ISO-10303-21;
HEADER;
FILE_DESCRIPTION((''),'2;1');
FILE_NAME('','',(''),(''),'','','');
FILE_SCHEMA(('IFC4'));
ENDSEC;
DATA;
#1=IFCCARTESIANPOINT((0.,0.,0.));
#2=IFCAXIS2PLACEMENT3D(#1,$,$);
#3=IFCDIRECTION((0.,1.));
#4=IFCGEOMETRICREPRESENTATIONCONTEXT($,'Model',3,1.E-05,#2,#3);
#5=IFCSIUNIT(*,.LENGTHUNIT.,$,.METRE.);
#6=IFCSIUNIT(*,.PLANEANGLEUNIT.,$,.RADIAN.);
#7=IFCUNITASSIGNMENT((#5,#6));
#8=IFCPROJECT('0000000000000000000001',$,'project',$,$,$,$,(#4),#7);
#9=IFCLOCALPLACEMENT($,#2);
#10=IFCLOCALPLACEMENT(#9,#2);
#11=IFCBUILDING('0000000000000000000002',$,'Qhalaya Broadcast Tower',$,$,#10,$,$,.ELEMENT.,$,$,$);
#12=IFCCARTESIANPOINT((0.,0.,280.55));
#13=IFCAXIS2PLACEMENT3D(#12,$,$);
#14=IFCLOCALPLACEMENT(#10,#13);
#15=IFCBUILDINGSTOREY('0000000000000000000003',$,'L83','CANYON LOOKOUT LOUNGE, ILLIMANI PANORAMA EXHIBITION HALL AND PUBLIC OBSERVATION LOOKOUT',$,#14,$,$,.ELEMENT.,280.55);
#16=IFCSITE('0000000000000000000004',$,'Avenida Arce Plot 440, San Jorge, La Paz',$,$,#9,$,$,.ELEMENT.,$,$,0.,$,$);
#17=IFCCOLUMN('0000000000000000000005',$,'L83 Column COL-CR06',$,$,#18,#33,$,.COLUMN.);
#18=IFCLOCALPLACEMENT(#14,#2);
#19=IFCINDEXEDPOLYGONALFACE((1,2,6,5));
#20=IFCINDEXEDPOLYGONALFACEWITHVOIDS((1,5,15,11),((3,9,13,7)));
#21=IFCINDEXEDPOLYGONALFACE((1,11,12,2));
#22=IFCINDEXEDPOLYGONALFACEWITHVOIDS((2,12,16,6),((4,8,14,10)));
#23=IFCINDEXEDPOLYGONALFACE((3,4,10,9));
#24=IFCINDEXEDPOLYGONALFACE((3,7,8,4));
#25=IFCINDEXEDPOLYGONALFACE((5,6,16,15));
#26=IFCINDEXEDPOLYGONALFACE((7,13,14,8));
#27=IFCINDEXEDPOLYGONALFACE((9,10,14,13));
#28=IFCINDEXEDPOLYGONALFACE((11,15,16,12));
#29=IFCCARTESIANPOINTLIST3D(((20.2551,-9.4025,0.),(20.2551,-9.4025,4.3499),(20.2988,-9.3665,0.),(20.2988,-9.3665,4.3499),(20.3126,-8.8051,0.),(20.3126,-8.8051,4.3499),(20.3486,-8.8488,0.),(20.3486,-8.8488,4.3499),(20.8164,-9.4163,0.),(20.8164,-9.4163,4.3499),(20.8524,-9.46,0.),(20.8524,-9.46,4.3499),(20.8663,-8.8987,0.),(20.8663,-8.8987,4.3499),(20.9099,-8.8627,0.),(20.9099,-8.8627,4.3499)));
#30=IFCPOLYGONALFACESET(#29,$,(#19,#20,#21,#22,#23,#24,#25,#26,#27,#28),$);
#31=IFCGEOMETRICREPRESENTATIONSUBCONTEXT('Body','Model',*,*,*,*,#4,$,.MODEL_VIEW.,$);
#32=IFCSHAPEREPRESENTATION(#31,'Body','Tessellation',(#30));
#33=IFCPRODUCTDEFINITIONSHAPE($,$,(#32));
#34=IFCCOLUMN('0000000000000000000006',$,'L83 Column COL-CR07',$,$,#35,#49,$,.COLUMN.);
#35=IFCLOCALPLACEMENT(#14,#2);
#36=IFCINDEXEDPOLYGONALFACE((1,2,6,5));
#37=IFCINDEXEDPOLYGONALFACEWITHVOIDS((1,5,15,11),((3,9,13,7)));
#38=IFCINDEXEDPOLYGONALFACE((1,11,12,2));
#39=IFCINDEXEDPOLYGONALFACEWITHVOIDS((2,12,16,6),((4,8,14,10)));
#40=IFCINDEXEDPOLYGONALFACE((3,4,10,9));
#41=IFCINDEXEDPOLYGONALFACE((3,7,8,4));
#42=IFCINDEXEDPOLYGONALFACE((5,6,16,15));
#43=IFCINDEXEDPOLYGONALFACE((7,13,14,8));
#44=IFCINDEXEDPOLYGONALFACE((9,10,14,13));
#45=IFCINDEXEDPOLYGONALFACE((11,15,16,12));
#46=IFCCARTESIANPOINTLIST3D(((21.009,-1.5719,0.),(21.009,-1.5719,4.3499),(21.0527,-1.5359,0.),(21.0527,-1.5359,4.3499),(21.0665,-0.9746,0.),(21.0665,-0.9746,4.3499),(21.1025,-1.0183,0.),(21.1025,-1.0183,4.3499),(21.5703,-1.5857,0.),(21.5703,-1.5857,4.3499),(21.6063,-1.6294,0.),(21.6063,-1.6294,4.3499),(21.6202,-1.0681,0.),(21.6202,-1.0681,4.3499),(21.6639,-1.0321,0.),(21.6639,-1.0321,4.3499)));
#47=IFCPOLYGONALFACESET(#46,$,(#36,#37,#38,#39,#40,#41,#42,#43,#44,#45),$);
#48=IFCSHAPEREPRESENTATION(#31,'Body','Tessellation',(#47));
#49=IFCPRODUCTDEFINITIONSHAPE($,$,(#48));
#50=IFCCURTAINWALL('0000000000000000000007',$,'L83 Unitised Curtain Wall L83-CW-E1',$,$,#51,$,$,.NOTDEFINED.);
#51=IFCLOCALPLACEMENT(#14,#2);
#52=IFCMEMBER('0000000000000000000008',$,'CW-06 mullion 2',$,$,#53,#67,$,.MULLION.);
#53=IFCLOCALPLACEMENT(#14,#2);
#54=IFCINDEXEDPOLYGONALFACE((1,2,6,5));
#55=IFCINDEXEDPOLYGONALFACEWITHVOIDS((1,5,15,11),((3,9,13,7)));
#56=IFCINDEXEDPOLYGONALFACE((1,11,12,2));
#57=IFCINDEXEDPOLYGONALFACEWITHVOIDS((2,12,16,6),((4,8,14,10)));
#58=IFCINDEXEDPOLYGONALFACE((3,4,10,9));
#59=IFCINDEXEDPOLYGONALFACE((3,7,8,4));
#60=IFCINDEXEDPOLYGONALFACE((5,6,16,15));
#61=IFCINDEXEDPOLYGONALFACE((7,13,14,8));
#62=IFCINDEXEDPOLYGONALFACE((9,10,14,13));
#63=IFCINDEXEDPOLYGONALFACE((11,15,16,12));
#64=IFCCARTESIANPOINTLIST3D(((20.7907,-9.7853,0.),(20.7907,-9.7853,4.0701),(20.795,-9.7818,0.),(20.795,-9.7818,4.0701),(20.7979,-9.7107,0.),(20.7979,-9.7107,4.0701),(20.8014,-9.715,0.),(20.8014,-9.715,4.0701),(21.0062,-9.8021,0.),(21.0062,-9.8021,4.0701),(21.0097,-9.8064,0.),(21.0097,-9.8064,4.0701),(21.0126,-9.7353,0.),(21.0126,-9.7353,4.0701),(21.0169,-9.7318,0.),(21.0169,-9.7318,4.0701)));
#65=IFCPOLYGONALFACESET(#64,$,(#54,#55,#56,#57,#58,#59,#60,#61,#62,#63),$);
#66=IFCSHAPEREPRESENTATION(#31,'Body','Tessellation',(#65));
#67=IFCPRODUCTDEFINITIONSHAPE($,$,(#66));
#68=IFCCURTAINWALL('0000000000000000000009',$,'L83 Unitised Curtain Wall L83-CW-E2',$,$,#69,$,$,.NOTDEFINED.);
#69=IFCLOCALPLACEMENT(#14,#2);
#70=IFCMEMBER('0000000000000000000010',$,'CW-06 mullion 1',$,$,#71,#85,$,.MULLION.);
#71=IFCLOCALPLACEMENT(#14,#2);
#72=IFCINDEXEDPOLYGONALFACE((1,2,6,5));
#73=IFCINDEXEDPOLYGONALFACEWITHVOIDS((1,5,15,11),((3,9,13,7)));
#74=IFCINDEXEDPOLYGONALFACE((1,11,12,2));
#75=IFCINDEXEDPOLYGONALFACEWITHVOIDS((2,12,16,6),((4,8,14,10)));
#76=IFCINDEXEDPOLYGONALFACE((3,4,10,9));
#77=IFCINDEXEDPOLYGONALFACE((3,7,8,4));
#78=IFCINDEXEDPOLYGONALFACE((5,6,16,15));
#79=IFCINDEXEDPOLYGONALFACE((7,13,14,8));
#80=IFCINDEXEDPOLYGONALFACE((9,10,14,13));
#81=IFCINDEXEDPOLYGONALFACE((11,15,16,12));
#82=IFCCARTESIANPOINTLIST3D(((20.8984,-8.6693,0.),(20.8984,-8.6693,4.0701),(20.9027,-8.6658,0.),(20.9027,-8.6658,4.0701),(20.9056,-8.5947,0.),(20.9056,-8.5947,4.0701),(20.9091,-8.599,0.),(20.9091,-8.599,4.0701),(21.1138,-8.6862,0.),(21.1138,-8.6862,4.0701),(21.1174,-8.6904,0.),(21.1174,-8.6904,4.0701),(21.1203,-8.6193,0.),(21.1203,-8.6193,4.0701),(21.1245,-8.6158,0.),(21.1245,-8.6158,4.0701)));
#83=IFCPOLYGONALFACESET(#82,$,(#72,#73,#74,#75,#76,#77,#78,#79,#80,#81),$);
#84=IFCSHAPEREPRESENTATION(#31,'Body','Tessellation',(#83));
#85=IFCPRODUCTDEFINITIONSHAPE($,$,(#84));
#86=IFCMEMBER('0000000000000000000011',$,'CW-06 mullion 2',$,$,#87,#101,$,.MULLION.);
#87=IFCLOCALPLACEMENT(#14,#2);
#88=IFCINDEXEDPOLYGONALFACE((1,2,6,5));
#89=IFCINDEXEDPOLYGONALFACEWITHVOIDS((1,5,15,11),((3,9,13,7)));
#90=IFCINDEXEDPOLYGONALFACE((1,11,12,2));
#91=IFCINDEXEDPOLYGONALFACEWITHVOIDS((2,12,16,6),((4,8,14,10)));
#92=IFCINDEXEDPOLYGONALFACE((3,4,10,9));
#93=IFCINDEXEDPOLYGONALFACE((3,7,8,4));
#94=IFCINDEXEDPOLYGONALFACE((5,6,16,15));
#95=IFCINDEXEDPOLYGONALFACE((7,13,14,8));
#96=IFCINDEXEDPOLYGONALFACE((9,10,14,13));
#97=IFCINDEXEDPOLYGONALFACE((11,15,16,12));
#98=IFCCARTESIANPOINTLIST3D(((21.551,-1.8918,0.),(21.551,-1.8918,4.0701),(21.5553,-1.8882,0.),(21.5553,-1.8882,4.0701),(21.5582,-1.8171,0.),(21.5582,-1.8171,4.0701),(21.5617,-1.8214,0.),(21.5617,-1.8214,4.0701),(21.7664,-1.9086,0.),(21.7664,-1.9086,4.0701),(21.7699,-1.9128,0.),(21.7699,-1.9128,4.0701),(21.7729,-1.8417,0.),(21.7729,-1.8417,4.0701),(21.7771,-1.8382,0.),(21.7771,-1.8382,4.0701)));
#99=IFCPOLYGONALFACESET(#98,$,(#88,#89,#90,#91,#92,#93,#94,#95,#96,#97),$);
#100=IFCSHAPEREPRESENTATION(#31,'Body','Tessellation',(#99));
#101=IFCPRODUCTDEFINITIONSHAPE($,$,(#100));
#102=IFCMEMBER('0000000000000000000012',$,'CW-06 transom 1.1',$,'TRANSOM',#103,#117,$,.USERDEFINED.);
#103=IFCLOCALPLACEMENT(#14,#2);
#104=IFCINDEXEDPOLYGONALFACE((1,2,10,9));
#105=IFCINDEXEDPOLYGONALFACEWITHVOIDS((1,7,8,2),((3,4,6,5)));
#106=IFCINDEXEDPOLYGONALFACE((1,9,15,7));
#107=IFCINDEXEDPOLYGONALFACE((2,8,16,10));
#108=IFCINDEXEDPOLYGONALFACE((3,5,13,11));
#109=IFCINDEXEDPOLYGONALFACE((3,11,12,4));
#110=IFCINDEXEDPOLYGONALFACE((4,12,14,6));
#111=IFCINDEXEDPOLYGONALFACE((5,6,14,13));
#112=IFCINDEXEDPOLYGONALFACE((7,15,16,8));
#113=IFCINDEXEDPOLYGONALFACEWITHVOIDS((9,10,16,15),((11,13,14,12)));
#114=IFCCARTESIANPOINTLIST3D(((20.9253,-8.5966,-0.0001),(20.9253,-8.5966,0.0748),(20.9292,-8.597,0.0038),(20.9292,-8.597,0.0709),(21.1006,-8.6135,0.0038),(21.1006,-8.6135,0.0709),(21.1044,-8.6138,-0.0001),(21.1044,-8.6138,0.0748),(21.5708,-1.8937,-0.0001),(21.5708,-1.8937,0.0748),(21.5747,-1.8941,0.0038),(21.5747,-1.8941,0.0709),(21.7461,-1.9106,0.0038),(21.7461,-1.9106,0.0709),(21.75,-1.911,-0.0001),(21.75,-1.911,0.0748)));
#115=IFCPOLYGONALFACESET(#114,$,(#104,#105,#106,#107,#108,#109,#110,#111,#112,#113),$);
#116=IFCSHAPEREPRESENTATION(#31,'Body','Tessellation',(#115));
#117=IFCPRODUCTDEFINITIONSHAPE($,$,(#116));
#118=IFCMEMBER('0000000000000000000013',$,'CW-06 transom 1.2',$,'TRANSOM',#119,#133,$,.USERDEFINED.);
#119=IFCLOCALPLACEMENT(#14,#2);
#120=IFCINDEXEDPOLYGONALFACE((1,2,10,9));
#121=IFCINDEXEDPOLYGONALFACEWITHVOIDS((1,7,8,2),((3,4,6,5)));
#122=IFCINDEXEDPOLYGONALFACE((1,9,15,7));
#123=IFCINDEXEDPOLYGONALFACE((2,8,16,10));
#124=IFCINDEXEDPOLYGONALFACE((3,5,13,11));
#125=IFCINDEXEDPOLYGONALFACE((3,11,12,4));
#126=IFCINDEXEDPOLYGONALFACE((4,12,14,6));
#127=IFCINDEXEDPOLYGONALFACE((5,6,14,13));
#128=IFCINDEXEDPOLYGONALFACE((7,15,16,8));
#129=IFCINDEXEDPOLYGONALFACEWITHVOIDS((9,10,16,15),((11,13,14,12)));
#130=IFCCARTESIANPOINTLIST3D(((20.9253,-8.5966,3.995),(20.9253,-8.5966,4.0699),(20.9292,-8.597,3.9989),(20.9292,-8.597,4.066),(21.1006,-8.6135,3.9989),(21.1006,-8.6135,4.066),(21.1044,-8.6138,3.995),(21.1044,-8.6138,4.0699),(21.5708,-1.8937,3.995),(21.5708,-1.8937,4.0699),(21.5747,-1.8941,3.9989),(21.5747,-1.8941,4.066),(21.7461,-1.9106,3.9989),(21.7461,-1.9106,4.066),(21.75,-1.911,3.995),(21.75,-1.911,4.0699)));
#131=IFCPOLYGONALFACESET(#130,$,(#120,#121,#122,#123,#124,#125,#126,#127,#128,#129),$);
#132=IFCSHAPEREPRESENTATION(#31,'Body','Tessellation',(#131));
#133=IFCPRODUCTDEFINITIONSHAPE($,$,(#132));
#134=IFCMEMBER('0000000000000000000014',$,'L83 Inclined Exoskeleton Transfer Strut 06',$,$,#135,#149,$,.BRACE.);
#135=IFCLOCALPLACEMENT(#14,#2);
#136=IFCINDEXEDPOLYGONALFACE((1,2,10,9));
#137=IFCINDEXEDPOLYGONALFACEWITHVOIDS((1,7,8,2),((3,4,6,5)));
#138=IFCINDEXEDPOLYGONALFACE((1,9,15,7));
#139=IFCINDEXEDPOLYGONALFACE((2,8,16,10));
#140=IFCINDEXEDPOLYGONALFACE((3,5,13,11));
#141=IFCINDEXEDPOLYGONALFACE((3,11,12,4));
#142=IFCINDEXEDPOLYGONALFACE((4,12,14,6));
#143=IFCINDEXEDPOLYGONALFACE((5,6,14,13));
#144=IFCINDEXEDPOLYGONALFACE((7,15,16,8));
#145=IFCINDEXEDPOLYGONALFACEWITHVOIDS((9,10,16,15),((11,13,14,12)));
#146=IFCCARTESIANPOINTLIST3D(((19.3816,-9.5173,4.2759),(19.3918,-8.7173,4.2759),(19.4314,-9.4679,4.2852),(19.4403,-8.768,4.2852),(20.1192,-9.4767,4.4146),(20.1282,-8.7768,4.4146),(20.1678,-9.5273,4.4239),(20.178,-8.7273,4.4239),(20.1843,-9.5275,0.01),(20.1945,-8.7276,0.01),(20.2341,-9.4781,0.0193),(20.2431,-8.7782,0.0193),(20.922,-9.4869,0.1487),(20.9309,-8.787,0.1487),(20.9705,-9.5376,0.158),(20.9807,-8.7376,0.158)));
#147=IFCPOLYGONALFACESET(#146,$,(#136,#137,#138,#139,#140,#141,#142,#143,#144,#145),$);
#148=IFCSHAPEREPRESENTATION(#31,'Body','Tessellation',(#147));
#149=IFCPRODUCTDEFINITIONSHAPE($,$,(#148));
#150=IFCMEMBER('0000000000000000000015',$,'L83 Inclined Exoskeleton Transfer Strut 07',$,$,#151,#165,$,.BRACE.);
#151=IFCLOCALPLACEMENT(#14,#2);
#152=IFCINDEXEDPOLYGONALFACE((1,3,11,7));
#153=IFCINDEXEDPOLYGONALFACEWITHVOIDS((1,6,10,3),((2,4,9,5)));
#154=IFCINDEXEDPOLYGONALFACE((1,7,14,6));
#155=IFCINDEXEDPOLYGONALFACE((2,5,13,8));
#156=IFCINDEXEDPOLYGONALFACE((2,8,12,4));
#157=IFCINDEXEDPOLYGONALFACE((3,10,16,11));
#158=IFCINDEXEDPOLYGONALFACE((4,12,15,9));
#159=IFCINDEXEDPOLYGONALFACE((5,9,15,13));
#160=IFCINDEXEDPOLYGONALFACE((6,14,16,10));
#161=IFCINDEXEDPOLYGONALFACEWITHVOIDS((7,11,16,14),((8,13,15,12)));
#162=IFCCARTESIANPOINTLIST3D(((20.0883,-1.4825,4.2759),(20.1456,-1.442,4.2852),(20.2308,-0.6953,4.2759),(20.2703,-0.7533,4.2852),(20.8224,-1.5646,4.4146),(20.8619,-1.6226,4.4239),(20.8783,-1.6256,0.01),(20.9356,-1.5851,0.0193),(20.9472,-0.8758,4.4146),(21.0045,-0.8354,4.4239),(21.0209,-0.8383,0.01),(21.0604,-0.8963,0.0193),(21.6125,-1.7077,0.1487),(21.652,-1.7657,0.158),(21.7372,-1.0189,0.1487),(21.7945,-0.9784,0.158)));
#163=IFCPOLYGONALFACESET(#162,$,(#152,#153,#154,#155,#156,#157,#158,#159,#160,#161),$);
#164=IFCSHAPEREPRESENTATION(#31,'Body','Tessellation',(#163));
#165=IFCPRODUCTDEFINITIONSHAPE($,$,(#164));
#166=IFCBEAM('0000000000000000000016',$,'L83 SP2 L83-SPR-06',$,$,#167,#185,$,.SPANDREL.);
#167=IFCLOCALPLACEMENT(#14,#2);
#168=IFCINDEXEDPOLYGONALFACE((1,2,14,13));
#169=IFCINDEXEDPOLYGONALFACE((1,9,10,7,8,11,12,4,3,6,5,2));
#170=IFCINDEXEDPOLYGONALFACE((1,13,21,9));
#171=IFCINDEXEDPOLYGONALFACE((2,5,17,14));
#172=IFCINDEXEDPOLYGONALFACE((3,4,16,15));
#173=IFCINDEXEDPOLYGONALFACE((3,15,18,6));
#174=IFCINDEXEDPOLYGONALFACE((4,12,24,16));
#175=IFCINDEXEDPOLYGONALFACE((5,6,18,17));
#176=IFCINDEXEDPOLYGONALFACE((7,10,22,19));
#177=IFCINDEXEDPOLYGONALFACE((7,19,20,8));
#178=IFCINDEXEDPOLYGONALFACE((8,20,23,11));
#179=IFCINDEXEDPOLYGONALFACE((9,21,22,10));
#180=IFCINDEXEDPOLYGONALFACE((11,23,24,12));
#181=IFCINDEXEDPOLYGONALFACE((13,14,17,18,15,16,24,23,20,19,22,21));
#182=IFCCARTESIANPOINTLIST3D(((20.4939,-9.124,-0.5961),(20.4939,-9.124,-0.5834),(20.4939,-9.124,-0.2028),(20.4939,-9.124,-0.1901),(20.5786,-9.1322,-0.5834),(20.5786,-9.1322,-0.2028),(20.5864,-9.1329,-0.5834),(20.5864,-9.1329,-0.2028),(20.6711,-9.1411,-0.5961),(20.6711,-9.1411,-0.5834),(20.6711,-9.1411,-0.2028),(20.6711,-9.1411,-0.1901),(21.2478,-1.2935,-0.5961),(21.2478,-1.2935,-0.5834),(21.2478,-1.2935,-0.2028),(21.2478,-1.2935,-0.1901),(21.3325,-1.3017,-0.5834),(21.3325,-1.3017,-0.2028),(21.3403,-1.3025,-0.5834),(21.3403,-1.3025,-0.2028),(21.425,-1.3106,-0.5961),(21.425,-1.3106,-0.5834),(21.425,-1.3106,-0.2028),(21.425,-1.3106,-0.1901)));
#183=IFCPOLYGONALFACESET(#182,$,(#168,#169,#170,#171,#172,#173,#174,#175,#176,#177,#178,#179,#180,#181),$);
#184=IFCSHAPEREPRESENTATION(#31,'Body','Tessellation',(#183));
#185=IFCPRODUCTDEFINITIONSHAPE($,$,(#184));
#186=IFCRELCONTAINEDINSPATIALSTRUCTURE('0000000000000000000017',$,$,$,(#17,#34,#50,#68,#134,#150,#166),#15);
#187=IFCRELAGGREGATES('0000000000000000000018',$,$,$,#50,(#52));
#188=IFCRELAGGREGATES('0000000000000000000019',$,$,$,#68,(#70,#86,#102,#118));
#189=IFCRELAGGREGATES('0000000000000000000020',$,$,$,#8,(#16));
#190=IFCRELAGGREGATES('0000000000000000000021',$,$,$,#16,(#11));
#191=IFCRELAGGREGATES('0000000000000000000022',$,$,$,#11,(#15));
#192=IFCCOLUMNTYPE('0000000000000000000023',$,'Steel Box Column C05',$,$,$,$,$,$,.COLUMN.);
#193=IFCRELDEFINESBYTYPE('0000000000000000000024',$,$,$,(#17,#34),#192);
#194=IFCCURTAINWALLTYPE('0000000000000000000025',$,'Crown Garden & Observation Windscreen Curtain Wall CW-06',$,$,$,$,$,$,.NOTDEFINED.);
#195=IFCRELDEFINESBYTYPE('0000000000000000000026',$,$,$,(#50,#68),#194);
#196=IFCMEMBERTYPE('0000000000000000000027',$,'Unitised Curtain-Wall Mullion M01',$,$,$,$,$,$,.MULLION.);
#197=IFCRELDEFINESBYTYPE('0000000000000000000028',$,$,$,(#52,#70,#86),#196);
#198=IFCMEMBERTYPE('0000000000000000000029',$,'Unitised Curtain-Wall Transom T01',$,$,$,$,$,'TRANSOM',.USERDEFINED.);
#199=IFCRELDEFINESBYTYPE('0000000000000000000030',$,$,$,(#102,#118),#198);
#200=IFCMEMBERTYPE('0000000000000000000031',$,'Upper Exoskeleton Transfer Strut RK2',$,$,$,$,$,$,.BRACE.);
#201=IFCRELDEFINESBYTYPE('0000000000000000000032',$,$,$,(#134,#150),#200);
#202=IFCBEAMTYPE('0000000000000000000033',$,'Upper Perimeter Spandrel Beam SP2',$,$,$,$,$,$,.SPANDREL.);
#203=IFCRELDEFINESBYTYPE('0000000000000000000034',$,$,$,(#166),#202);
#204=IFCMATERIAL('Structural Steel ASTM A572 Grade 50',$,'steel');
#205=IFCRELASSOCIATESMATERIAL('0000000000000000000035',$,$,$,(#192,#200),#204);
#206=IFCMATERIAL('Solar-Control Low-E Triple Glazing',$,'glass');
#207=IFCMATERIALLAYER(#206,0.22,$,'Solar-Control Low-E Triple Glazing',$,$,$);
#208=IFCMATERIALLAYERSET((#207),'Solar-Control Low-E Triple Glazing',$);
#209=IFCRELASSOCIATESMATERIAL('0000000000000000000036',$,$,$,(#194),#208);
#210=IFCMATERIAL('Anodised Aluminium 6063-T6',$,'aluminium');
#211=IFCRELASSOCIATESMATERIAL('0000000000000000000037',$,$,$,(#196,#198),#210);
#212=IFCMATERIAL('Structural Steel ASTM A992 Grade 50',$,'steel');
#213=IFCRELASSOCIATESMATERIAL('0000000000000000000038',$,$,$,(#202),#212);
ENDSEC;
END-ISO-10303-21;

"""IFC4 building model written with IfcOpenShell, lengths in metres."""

from ifc_helpers import new_model, si_unit, direction, frame, origin, origin_2d, place, context, subcontext, project, spatial, hollow_rectangle, i_section, extrude, material, layer, layer_set, material_profile, profile_set, type_object, element, aggregate, save


model = new_model("IFC4")

# Units and contexts
model_context = context("Model", 3, precision=1e-05, world=origin(), true_north=direction((0.0, 1.0)))
body_context = subcontext(model_context, "Body", "Model", "MODEL_VIEW")
ifc_project = project(units=[si_unit("LENGTHUNIT", "METRE"), si_unit("PLANEANGLEUNIT", "RADIAN")], contexts=[model_context])

# Site, building, storey
site_placement = place(None, origin())
site = spatial("IfcSite", under=ifc_project, at=site_placement, Name="Avenida Arce Plot 440, San Jorge, La Paz", CompositionType="ELEMENT", RefElevation=0.0)
building_placement = place(site_placement, origin())
building = spatial("IfcBuilding", under=site, at=building_placement, Name="Qhalaya Broadcast Tower", CompositionType="ELEMENT")
storey_placement = place(building_placement, frame((0.0, 0.0, 280.55)))
storey = spatial("IfcBuildingStorey", under=building, at=storey_placement, Name="L83", Description="CANYON LOOKOUT LOUNGE, ILLIMANI PANORAMA EXHIBITION HALL AND PUBLIC OBSERVATION LOOKOUT", CompositionType="ELEMENT", Elevation=280.55)

# Columns
ifc_material_1 = material(Name="Structural Steel ASTM A572 Grade 50", Category="steel")
ifc_material_profile_1 = material_profile(ifc_material_1, hollow_rectangle(XDim=0.6001, YDim=0.6001, WallThickness=0.04, at=origin_2d()), Name="BOX 600x600x40")
ifc_profile_set_1 = profile_set([ifc_material_profile_1], Name="Structural Steel ASTM A572 Grade 50")
column_type = type_object("IfcColumnType", Name="Steel Box Column C05", PredefinedType="COLUMN", material=ifc_profile_set_1)
for number, where, z_axis, x_axis, name in (
    (1, (20.5825, -9.1326, 0.0), (0.0, 0.0, 1.0), (0.095846, 0.995396, 0.0), "L83 Column COL-CR06"),
    (2, (21.3364, -1.302, 0.0), (0.0, 0.0, 1.0), (0.095846, 0.995396, 0.0), "L83 Column COL-CR07"),
):
    element("IfcColumn", number, at=place(storey_placement, frame(where, z_axis=z_axis, x_axis=x_axis)), inside=storey, type_object=column_type, Name=name, PredefinedType="COLUMN", context=body_context, shape_type="SweptSolid", body=[
        extrude(hollow_rectangle(XDim=0.6001, YDim=0.6001, WallThickness=0.04, at=origin_2d()), origin(), (0.0, 0.0, 1.0), 4.3499),
    ])

# Curtain wall, member
ifc_material_2 = material(Name="Solar-Control Low-E Triple Glazing", Category="glass")
ifc_layer_1 = layer(ifc_material_2, 0.22, Name="Solar-Control Low-E Triple Glazing")
ifc_layer_set_1 = layer_set([ifc_layer_1], Name="Solar-Control Low-E Triple Glazing")
curtain_wall_type = type_object("IfcCurtainWallType", Name="Crown Garden & Observation Windscreen Curtain Wall CW-06", PredefinedType="NOTDEFINED", material=ifc_layer_set_1)
curtain_wall_1_placement = place(storey_placement, origin())
curtain_wall_1 = element("IfcCurtainWall", 3, at=curtain_wall_1_placement, inside=storey, type_object=curtain_wall_type, Name="L83 Unitised Curtain Wall L83-CW-E1", PredefinedType="NOTDEFINED")
ifc_material_3 = material(Name="Anodised Aluminium 6063-T6", Category="aluminium")
ifc_material_profile_2 = material_profile(ifc_material_3, hollow_rectangle(XDim=0.075, YDim=0.22, WallThickness=0.0039, at=origin_2d()), Name="ALU-MUL 75x220x4")
ifc_profile_set_2 = profile_set([ifc_material_profile_2], Name="Anodised Aluminium 6063-T6")
member_type_1 = type_object("IfcMemberType", Name="Unitised Curtain-Wall Mullion M01", PredefinedType="MULLION", material=ifc_profile_set_2)
member_1_placement = place(storey_placement, frame((20.9038, -9.7585, 0.0), z_axis=(0.0, 0.0, 1.0), x_axis=(0.095843, 0.995397, 0.0)))
member_1 = element("IfcMember", 4, at=member_1_placement, type_object=member_type_1, Name="CW-06 mullion 2", PredefinedType="MULLION", context=body_context, shape_type="SweptSolid", body=[
    extrude(hollow_rectangle(XDim=0.075, YDim=0.22, WallThickness=0.0039, at=origin_2d()), origin(), (0.0, 0.0, 1.0), 4.0701),
])
aggregate(curtain_wall_1, [member_1])

# Curtain wall, members
curtain_wall_2_placement = place(storey_placement, origin())
curtain_wall_2 = element("IfcCurtainWall", 5, at=curtain_wall_2_placement, inside=storey, type_object=curtain_wall_type, Name="L83 Unitised Curtain Wall L83-CW-E2", PredefinedType="NOTDEFINED")
member_2_placement = place(storey_placement, frame((21.0115, -8.6426, 0.0), z_axis=(0.0, 0.0, 1.0), x_axis=(0.095846, 0.995396, 0.0)))
member_2 = element("IfcMember", 6, at=member_2_placement, type_object=member_type_1, Name="CW-06 mullion 1", PredefinedType="MULLION", context=body_context, shape_type="SweptSolid", body=[
    extrude(hollow_rectangle(XDim=0.075, YDim=0.22, WallThickness=0.0039, at=origin_2d()), origin(), (0.0, 0.0, 1.0), 4.0701),
])
member_3_placement = place(storey_placement, frame((21.6641, -1.865, 0.0), z_axis=(0.0, 0.0, 1.0), x_axis=(0.095846, 0.995396, 0.0)))
member_3 = element("IfcMember", 7, at=member_3_placement, type_object=member_type_1, Name="CW-06 mullion 2", PredefinedType="MULLION", context=body_context, shape_type="SweptSolid", body=[
    extrude(hollow_rectangle(XDim=0.075, YDim=0.22, WallThickness=0.0039, at=origin_2d()), origin(), (0.0, 0.0, 1.0), 4.0701),
])
ifc_material_profile_3 = material_profile(ifc_material_3, hollow_rectangle(XDim=0.075, YDim=0.1799, WallThickness=0.0039, at=origin_2d()), Name="ALU-TRN 75x180x4")
ifc_profile_set_3 = profile_set([ifc_material_profile_3], Name="Anodised Aluminium 6063-T6")
member_type_2 = type_object("IfcMemberType", Name="Unitised Curtain-Wall Transom T01", ElementType="TRANSOM", PredefinedType="USERDEFINED", material=ifc_profile_set_3)
member_4_placement = place(storey_placement, frame((21.0149, -8.6052, 0.0374), z_axis=(0.09586, 0.995395, 0.0), x_axis=(0.0, 0.0, 1.0)))
member_4 = element("IfcMember", 8, at=member_4_placement, type_object=member_type_2, Name="CW-06 transom 1.1", ObjectType="TRANSOM", PredefinedType="USERDEFINED", context=body_context, shape_type="SweptSolid", body=[
    extrude(hollow_rectangle(XDim=0.075, YDim=0.1799, WallThickness=0.0039, at=origin_2d()), origin(), (0.0, 0.0, 1.0), 6.7339),
])
member_5_placement = place(storey_placement, frame((21.0149, -8.6052, 4.0325), z_axis=(0.09586, 0.995395, 0.0), x_axis=(0.0, 0.0, 1.0)))
member_5 = element("IfcMember", 9, at=member_5_placement, type_object=member_type_2, Name="CW-06 transom 1.2", ObjectType="TRANSOM", PredefinedType="USERDEFINED", context=body_context, shape_type="SweptSolid", body=[
    extrude(hollow_rectangle(XDim=0.075, YDim=0.1799, WallThickness=0.0039, at=origin_2d()), origin(), (0.0, 0.0, 1.0), 6.7339),
])

# Members
ifc_material_profile_4 = material_profile(ifc_material_1, hollow_rectangle(XDim=0.8, YDim=0.8, WallThickness=0.05, at=origin_2d()), Name="BOX 800x800x50")
ifc_profile_set_4 = profile_set([ifc_material_profile_4], Name="Structural Steel ASTM A572 Grade 50")
member_type_3 = type_object("IfcMemberType", Name="Upper Exoskeleton Transfer Strut RK2", PredefinedType="BRACE", material=ifc_profile_set_4)
for number, where, z_axis, x_axis, name in (
    (10, (20.5825, -9.1326, 0.084), (-0.18493, 0.002362, 0.982749), (-0.012773, -0.999918, 0.0), "L83 Inclined Exoskeleton Transfer Strut 06"),
    (11, (21.3364, -1.302, 0.084), (-0.182004, 0.032959, 0.982745), (-0.17819, -0.983996, 0.0), "L83 Inclined Exoskeleton Transfer Strut 07"),
):
    element("IfcMember", number, at=place(storey_placement, frame(where, z_axis=z_axis, x_axis=x_axis)), inside=storey, type_object=member_type_3, Name=name, PredefinedType="BRACE", context=body_context, shape_type="SweptSolid", body=[
        extrude(hollow_rectangle(XDim=0.8, YDim=0.8, WallThickness=0.05, at=origin_2d()), origin(), (0.0, 0.0, 1.0), 4.3408),
    ])

# Beam
ifc_material_4 = material(Name="Structural Steel ASTM A992 Grade 50", Category="steel")
ifc_material_profile_5 = material_profile(ifc_material_4, i_section(OverallWidth=0.178, OverallDepth=0.406, WebThickness=0.0078, FlangeThickness=0.0127, at=origin_2d()), Name="W16X40")
ifc_profile_set_5 = profile_set([ifc_material_profile_5], Name="Structural Steel ASTM A992 Grade 50")
beam_type = type_object("IfcBeamType", Name="Upper Perimeter Spandrel Beam SP2", PredefinedType="SPANDREL", material=ifc_profile_set_5)
beam_1_placement = place(storey_placement, frame((20.5825, -9.1326, -0.3931), z_axis=(0.095834, 0.995397, 0.0), x_axis=(-0.995397, 0.095834, 0.0)))
element("IfcBeam", 12, at=beam_1_placement, inside=storey, type_object=beam_type, Name="L83 SP2 L83-SPR-06", PredefinedType="SPANDREL", context=body_context, shape_type="SweptSolid", body=[
    extrude(i_section(OverallWidth=0.178, OverallDepth=0.406, WebThickness=0.0078, FlangeThickness=0.0127, at=origin_2d()), origin(), (0.0, 0.0, 1.0), 7.8667),
])

aggregate(curtain_wall_2, [member_2, member_3, member_4, member_5])

save(model, "model.ifc")
